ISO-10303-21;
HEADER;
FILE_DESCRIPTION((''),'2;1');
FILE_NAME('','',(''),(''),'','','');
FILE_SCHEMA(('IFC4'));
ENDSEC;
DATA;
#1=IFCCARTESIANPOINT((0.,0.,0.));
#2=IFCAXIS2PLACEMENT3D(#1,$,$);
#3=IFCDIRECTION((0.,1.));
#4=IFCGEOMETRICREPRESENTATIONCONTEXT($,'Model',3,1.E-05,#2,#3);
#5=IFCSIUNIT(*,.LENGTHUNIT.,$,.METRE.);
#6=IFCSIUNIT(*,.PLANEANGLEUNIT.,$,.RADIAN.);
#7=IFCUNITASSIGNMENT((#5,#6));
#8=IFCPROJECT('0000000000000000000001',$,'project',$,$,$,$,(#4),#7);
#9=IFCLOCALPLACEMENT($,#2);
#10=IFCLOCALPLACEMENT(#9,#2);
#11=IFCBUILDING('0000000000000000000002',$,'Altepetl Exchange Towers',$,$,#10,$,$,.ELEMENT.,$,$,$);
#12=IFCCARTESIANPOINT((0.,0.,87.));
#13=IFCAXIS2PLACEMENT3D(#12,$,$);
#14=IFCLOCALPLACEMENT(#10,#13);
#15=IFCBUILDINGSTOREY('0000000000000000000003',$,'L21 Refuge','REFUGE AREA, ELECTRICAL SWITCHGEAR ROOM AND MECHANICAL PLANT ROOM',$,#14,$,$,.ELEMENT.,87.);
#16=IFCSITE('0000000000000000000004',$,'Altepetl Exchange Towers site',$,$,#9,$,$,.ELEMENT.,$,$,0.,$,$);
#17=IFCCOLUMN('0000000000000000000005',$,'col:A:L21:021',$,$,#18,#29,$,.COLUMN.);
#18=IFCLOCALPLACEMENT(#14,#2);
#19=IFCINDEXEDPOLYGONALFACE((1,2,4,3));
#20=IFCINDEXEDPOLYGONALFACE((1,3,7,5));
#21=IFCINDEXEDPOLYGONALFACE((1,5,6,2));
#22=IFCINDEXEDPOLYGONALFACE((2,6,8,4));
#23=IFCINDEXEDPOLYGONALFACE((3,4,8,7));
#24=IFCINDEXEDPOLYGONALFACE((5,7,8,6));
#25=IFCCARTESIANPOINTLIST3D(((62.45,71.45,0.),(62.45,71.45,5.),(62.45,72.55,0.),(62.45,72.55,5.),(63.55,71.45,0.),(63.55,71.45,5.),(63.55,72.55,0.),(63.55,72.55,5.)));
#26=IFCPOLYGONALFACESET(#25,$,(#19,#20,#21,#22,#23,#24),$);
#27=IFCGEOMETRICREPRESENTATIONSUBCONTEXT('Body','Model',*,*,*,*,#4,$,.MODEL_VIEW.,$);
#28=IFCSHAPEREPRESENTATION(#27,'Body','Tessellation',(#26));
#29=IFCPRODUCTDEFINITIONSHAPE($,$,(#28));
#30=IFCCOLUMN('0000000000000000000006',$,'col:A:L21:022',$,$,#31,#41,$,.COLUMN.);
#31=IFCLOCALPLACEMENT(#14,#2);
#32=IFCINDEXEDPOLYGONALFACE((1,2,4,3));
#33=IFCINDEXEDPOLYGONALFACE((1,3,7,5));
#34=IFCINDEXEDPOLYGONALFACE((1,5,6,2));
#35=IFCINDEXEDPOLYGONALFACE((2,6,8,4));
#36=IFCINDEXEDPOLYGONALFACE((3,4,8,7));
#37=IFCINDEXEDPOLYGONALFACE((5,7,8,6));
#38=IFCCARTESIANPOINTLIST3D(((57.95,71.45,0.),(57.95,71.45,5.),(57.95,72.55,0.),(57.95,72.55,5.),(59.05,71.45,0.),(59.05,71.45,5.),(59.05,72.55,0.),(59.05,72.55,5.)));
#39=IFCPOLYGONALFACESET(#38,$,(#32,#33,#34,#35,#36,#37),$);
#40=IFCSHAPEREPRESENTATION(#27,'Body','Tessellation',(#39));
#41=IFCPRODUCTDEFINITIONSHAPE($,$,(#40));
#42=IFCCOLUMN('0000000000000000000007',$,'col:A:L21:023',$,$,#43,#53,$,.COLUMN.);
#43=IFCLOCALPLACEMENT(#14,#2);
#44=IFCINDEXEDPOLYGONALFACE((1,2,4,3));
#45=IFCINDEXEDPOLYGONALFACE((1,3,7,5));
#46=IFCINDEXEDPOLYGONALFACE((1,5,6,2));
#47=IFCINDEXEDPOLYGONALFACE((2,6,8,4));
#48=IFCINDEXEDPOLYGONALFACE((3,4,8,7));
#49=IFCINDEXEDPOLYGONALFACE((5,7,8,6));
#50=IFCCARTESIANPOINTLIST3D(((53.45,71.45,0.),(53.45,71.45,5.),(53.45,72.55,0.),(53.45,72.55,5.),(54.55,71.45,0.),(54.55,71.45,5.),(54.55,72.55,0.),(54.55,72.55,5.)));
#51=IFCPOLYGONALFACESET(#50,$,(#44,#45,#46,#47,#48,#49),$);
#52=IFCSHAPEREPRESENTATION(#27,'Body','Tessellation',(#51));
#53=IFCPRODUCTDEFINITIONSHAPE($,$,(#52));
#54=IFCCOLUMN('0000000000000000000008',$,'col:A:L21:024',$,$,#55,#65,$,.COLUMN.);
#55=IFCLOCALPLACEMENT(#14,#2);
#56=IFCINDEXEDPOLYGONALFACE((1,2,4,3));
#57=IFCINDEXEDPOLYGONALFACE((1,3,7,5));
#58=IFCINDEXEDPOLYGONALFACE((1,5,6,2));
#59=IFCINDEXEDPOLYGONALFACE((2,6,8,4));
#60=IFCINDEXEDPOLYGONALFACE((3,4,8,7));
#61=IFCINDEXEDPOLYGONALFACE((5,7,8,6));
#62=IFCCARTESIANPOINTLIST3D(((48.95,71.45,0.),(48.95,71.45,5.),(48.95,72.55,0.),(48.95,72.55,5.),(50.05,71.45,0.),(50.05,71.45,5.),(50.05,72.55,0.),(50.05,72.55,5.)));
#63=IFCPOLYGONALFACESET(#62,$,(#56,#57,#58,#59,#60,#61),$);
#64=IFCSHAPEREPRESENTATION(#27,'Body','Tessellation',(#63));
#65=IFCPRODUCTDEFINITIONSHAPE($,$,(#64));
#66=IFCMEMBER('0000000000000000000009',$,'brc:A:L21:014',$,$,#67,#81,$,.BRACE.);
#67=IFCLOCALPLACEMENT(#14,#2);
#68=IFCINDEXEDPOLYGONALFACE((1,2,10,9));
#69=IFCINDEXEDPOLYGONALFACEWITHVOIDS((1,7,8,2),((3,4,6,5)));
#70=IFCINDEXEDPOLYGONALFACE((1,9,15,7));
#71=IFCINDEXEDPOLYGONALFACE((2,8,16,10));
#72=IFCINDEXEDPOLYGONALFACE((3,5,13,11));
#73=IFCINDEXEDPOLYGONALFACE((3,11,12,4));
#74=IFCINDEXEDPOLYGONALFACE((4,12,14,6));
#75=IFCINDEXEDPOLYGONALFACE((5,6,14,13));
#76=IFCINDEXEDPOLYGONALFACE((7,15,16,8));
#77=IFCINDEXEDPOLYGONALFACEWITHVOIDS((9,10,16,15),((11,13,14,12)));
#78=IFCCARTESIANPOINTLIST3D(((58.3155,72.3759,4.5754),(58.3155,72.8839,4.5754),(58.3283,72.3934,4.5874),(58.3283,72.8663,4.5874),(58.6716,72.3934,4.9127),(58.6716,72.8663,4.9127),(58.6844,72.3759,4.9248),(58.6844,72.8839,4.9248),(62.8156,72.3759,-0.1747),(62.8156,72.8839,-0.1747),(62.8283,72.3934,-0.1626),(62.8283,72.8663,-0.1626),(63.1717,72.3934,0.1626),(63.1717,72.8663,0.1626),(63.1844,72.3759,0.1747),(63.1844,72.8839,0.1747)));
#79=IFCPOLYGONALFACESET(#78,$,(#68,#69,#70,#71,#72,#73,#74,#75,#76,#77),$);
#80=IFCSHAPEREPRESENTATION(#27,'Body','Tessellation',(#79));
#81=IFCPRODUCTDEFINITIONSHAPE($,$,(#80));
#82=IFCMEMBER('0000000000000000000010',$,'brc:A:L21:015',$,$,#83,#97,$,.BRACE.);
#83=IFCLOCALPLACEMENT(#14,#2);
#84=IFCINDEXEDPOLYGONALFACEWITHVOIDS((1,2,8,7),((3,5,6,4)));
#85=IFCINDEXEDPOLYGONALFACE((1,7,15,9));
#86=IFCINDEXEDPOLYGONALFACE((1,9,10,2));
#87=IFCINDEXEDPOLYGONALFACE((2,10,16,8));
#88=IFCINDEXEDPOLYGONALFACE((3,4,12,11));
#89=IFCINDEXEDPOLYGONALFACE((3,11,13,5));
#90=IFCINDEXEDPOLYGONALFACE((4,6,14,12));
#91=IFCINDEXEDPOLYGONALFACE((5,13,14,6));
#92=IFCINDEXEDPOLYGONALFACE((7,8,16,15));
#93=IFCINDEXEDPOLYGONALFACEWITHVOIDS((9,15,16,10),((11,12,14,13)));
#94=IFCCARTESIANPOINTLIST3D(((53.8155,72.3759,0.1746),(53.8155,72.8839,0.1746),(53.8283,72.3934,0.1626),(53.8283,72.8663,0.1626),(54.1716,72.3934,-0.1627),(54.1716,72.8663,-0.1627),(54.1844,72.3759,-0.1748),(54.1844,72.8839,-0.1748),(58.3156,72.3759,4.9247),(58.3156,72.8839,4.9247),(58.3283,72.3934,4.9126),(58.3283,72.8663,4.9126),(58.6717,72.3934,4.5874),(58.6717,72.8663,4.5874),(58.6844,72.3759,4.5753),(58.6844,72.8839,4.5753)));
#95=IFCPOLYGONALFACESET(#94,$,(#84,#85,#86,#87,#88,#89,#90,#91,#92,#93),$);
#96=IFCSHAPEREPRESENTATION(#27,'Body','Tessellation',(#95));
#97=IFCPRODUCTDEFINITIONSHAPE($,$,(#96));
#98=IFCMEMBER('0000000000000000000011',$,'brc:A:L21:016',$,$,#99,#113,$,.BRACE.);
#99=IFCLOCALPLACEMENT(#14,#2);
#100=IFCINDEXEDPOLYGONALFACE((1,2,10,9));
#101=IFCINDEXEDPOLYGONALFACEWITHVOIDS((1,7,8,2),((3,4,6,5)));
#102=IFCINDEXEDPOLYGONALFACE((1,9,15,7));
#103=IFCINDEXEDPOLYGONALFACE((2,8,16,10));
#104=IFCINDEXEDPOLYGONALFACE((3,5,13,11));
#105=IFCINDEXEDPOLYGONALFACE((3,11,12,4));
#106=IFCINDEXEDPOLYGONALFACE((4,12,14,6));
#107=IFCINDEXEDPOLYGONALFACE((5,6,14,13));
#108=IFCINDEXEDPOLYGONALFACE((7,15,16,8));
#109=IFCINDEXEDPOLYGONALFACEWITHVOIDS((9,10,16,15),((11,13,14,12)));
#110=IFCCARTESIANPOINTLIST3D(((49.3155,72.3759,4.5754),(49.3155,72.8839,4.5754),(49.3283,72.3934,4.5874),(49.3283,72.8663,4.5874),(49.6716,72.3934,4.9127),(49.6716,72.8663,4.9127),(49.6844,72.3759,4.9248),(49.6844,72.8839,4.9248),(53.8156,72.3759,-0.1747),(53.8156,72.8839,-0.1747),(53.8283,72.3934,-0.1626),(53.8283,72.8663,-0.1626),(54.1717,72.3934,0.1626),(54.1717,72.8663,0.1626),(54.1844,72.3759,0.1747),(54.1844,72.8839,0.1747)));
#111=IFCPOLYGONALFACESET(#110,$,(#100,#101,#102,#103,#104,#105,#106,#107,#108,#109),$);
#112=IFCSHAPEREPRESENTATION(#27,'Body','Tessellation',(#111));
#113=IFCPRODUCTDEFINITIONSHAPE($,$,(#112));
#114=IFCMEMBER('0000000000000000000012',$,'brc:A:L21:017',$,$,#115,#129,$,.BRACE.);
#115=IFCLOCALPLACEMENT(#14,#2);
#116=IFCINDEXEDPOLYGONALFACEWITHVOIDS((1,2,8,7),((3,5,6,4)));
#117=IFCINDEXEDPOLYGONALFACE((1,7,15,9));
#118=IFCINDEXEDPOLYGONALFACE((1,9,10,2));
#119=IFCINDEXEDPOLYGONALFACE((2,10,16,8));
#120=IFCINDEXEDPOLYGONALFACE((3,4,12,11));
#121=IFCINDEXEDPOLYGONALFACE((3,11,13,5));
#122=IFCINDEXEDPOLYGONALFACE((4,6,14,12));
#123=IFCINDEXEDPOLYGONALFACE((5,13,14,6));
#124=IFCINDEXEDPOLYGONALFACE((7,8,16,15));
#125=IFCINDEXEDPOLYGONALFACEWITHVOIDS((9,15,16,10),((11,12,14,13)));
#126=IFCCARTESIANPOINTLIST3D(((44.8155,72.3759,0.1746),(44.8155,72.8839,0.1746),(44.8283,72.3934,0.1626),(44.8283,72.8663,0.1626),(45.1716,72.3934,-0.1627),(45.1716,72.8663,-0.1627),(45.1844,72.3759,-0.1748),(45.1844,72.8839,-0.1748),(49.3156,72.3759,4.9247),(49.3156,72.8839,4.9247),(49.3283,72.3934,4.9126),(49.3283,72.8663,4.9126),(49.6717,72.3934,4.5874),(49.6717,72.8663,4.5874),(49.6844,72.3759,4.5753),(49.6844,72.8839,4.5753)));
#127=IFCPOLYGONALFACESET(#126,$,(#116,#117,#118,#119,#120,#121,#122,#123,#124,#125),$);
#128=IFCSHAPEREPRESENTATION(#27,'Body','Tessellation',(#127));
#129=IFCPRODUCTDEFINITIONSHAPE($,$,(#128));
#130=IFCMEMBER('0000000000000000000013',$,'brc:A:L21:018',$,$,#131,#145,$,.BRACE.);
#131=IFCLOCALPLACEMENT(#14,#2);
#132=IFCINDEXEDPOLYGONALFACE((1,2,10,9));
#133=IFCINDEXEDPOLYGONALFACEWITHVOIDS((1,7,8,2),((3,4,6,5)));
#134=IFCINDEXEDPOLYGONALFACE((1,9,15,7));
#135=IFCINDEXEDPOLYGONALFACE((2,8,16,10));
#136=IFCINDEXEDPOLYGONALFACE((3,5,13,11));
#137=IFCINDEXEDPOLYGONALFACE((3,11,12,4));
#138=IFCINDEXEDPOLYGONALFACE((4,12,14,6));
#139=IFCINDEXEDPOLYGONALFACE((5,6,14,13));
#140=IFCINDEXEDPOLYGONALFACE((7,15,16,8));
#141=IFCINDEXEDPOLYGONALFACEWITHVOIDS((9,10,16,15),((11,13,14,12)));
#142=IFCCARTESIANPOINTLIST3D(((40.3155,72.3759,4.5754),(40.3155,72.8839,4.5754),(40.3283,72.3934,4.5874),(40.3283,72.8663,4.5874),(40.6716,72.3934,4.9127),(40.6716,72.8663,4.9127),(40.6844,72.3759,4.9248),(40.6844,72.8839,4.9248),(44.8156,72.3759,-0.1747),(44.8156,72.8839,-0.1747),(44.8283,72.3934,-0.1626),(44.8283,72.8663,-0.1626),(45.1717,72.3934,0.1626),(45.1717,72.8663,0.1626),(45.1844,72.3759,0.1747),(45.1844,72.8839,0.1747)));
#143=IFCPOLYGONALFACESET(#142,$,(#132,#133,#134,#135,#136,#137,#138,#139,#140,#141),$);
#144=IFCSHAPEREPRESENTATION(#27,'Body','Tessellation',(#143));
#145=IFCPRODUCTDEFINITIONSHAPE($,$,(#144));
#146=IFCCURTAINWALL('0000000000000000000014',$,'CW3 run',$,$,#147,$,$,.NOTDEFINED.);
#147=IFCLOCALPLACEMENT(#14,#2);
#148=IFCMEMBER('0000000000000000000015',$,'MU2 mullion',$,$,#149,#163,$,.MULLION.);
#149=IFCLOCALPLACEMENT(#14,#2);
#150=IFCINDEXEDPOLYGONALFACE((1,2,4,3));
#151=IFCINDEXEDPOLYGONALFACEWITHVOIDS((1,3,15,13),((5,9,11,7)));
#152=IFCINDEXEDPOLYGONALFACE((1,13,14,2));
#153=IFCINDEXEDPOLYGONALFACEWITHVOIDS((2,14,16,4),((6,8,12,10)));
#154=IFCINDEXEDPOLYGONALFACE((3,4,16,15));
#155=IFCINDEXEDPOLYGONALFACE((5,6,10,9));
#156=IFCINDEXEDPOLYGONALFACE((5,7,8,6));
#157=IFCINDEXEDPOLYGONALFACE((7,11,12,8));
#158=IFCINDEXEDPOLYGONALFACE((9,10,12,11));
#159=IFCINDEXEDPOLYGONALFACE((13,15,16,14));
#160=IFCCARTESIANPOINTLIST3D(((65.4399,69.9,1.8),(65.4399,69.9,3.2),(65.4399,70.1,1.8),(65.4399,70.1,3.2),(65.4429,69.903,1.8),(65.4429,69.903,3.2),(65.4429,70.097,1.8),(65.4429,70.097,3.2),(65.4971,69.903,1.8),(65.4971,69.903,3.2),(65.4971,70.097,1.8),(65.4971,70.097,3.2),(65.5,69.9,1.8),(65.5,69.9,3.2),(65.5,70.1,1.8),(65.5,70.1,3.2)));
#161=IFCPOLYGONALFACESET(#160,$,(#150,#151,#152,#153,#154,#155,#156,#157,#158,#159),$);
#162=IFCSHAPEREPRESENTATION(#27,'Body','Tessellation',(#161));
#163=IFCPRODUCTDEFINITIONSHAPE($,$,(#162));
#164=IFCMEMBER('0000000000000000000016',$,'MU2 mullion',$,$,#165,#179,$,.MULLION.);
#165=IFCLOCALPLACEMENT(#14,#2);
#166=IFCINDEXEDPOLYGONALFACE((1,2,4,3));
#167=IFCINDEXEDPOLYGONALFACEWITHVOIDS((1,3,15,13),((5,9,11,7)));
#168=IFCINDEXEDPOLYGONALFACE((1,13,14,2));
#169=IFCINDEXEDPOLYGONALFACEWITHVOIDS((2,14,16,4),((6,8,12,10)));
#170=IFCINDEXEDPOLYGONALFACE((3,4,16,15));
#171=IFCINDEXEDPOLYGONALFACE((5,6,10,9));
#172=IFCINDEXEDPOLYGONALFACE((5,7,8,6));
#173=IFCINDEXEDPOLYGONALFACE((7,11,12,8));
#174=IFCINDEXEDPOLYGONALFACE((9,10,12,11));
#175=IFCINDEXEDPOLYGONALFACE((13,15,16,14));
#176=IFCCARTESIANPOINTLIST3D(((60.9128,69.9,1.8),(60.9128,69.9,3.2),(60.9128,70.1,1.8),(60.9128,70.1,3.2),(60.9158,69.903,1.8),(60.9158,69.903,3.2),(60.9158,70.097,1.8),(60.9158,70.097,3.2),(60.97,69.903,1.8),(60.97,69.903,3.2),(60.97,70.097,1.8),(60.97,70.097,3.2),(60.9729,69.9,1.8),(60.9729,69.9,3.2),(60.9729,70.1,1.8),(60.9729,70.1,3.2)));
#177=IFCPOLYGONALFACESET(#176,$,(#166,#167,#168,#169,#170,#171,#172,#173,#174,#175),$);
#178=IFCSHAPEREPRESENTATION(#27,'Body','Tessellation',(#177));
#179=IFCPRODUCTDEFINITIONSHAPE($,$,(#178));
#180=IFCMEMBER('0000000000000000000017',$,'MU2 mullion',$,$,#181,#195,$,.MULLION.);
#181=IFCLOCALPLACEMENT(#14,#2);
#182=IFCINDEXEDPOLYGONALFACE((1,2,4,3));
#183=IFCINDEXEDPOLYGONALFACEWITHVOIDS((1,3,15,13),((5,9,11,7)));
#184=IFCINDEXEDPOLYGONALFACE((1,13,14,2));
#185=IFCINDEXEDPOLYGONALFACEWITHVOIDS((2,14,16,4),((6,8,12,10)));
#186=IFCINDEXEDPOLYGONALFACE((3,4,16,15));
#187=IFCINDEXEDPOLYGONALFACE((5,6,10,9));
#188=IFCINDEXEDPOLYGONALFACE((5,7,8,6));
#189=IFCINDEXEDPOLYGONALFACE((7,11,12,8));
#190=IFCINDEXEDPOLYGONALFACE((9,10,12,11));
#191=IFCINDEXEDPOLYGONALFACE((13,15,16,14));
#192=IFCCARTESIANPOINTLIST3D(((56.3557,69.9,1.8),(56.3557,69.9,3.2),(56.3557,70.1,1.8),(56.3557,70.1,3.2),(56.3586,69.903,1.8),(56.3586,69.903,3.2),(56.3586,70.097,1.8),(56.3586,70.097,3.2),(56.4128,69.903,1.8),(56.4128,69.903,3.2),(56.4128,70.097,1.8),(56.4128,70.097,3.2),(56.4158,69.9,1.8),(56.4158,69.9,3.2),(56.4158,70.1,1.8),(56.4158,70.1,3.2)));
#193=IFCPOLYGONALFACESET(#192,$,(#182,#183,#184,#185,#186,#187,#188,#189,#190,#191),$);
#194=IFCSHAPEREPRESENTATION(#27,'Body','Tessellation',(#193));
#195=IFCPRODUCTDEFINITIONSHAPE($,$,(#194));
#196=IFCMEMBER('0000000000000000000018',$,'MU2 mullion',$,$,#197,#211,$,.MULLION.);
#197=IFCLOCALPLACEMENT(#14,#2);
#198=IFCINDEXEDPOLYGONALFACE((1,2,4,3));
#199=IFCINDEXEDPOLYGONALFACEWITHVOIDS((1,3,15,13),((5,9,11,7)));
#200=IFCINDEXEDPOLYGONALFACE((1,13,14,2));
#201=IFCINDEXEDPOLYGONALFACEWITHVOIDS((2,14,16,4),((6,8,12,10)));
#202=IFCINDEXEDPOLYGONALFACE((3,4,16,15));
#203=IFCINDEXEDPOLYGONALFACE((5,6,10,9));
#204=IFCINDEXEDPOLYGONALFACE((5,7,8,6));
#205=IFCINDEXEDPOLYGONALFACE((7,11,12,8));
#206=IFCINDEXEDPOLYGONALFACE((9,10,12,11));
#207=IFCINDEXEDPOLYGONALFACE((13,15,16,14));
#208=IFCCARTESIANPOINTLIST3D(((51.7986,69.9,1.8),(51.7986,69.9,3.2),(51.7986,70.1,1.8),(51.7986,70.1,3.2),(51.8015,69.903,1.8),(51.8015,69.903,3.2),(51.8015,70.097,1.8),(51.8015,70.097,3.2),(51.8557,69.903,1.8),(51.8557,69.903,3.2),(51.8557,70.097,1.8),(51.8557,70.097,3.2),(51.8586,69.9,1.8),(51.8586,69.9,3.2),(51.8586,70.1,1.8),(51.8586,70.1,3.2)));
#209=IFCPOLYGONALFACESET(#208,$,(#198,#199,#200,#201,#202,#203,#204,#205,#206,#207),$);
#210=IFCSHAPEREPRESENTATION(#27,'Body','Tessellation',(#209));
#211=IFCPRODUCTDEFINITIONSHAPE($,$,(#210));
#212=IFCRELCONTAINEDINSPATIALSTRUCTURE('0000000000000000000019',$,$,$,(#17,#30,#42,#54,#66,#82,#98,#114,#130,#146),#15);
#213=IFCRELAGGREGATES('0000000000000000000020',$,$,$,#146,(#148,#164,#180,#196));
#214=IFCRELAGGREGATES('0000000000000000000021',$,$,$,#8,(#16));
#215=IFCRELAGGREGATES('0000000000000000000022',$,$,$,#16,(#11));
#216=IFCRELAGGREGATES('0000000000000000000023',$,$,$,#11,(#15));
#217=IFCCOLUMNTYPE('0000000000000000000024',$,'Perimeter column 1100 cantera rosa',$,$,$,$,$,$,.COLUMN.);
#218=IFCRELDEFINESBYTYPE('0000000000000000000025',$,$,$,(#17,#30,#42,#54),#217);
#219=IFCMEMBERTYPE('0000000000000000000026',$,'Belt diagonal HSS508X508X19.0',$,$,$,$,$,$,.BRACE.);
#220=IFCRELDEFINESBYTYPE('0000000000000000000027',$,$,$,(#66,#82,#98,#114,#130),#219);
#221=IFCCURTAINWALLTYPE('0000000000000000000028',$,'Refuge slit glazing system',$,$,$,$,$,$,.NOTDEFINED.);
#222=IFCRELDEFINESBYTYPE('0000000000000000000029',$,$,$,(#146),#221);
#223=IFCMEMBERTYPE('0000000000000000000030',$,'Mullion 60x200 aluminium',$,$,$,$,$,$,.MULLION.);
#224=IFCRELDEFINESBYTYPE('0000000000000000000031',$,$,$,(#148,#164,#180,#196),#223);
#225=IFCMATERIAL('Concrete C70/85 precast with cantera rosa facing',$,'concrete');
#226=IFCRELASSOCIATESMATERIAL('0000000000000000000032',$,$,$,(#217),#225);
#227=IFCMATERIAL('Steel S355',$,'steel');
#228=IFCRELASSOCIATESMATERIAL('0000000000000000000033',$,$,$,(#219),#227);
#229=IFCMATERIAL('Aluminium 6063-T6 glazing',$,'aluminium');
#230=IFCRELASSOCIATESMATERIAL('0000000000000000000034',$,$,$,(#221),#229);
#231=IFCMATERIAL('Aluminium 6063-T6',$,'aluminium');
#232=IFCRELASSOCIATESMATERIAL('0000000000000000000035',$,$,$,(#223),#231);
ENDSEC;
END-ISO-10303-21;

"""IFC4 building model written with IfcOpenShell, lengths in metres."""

from ifc_helpers import new_model, si_unit, direction, frame, origin, origin_2d, place, context, subcontext, project, spatial, rectangle, hollow_rectangle, extrude, material, material_profile, profile_set, type_object, element, aggregate, save


model = new_model("IFC4")

# Units and contexts
model_context = context("Model", 3, precision=1e-05, world=origin(), true_north=direction((0.0, 1.0)))
body_context = subcontext(model_context, "Body", "Model", "MODEL_VIEW")
ifc_project = project(units=[si_unit("LENGTHUNIT", "METRE"), si_unit("PLANEANGLEUNIT", "RADIAN")], contexts=[model_context])

# Site, building, storey
site_placement = place(None, origin())
site = spatial("IfcSite", under=ifc_project, at=site_placement, Name="Altepetl Exchange Towers site", CompositionType="ELEMENT", RefElevation=0.0)
building_placement = place(site_placement, origin())
building = spatial("IfcBuilding", under=site, at=building_placement, Name="Altepetl Exchange Towers", CompositionType="ELEMENT")
storey_placement = place(building_placement, frame((0.0, 0.0, 87.0)))
storey = spatial("IfcBuildingStorey", under=building, at=storey_placement, Name="L21 Refuge", Description="REFUGE AREA, ELECTRICAL SWITCHGEAR ROOM AND MECHANICAL PLANT ROOM", CompositionType="ELEMENT", Elevation=87.0)

# Columns
ifc_material_1 = material(Name="Concrete C70/85 precast with cantera rosa facing", Category="concrete")
ifc_material_profile_1 = material_profile(ifc_material_1, rectangle(XDim=1.1001, YDim=1.1001, at=origin_2d()), Name="1100 x 1100")
ifc_profile_set_1 = profile_set([ifc_material_profile_1], Name="Concrete C70/85 precast with cantera rosa facing")
column_type = type_object("IfcColumnType", Name="Perimeter column 1100 cantera rosa", PredefinedType="COLUMN", material=ifc_profile_set_1)
for number, where, name in (
    (1, (63.0, 72.0, 0.0), "col:A:L21:021"),
    (2, (58.5, 72.0, 0.0), "col:A:L21:022"),
    (3, (54.0, 72.0, 0.0), "col:A:L21:023"),
    (4, (49.5, 72.0, 0.0), "col:A:L21:024"),
):
    element("IfcColumn", number, at=place(storey_placement, frame(where)), inside=storey, type_object=column_type, Name=name, PredefinedType="COLUMN", context=body_context, shape_type="SweptSolid", body=[
        extrude(rectangle(XDim=1.1001, YDim=1.1001, at=origin_2d()), origin(), (0.0, 0.0, 1.0), 5.0),
    ])

# Members
ifc_material_2 = material(Name="Steel S355", Category="steel")
ifc_material_profile_2 = material_profile(ifc_material_2, hollow_rectangle(XDim=0.5081, YDim=0.5081, WallThickness=0.0176, at=origin_2d()), Name="HSS508X508X19.0")
ifc_profile_set_2 = profile_set([ifc_material_profile_2], Name="Steel S355")
member_type_1 = type_object("IfcMemberType", Name="Belt diagonal HSS508X508X19.0", PredefinedType="BRACE", material=ifc_profile_set_2)
for number, where, z_axis, x_axis, name in (
    (5, (63.0, 72.6299, 0.0), (-0.687745, 0.0, 0.725953), (0.0, -1.0, 0.0), "brc:A:L21:014"),
    (6, (58.5, 72.6299, 4.75), (-0.687745, 0.0, -0.725953), (0.0, -1.0, 0.0), "brc:A:L21:015"),
    (7, (54.0, 72.6299, 0.0), (-0.687745, 0.0, 0.725953), (0.0, -1.0, 0.0), "brc:A:L21:016"),
    (8, (49.5, 72.6299, 4.75), (-0.687745, 0.0, -0.725953), (0.0, -1.0, 0.0), "brc:A:L21:017"),
    (9, (45.0, 72.6299, 0.0), (-0.687745, 0.0, 0.725953), (0.0, -1.0, 0.0), "brc:A:L21:018"),
):
    element("IfcMember", number, at=place(storey_placement, frame(where, z_axis=z_axis, x_axis=x_axis)), inside=storey, type_object=member_type_1, Name=name, PredefinedType="BRACE", context=body_context, shape_type="SweptSolid", body=[
        extrude(hollow_rectangle(XDim=0.5081, YDim=0.5081, WallThickness=0.0176, at=origin_2d()), origin(), (0.0, 0.0, 1.0), 6.5432),
    ])

# Curtain wall, members
ifc_material_3 = material(Name="Aluminium 6063-T6 glazing", Category="aluminium")
curtain_wall_type = type_object("IfcCurtainWallType", Name="Refuge slit glazing system", PredefinedType="NOTDEFINED", material=ifc_material_3)
curtain_wall_1_placement = place(storey_placement, origin())
curtain_wall_1 = element("IfcCurtainWall", 10, at=curtain_wall_1_placement, inside=storey, type_object=curtain_wall_type, Name="CW3 run", PredefinedType="NOTDEFINED")
ifc_material_4 = material(Name="Aluminium 6063-T6", Category="aluminium")
ifc_material_profile_3 = material_profile(ifc_material_4, hollow_rectangle(XDim=0.0601, YDim=0.2, WallThickness=0.0029, at=origin_2d()), Name="Mullion 60x200 aluminium")
ifc_profile_set_3 = profile_set([ifc_material_profile_3], Name="Aluminium 6063-T6")
member_type_2 = type_object("IfcMemberType", Name="Mullion 60x200 aluminium", PredefinedType="MULLION", material=ifc_profile_set_3)
member_1_placement = place(storey_placement, frame((65.47, 70.0, 1.8), z_axis=(0.0, 0.0, 1.0), x_axis=(-1.0, 0.0, 0.0)))
member_1 = element("IfcMember", 11, at=member_1_placement, type_object=member_type_2, Name="MU2 mullion", PredefinedType="MULLION", context=body_context, shape_type="SweptSolid", body=[
    extrude(hollow_rectangle(XDim=0.0601, YDim=0.2, WallThickness=0.0029, at=origin_2d()), origin(), (0.0, 0.0, 1.0), 1.3999),
])
member_2_placement = place(storey_placement, frame((60.9429, 70.0, 1.8), z_axis=(0.0, 0.0, 1.0), x_axis=(-1.0, 0.0, 0.0)))
member_2 = element("IfcMember", 12, at=member_2_placement, type_object=member_type_2, Name="MU2 mullion", PredefinedType="MULLION", context=body_context, shape_type="SweptSolid", body=[
    extrude(hollow_rectangle(XDim=0.0601, YDim=0.2, WallThickness=0.0029, at=origin_2d()), origin(), (0.0, 0.0, 1.0), 1.3999),
])
member_3_placement = place(storey_placement, frame((56.3857, 70.0, 1.8), z_axis=(0.0, 0.0, 1.0), x_axis=(-1.0, 0.0, 0.0)))
member_3 = element("IfcMember", 13, at=member_3_placement, type_object=member_type_2, Name="MU2 mullion", PredefinedType="MULLION", context=body_context, shape_type="SweptSolid", body=[
    extrude(hollow_rectangle(XDim=0.0601, YDim=0.2, WallThickness=0.0029, at=origin_2d()), origin(), (0.0, 0.0, 1.0), 1.3999),
])
member_4_placement = place(storey_placement, frame((51.8286, 70.0, 1.8), z_axis=(0.0, 0.0, 1.0), x_axis=(-1.0, 0.0, 0.0)))
member_4 = element("IfcMember", 14, at=member_4_placement, type_object=member_type_2, Name="MU2 mullion", PredefinedType="MULLION", context=body_context, shape_type="SweptSolid", body=[
    extrude(hollow_rectangle(XDim=0.0601, YDim=0.2, WallThickness=0.0029, at=origin_2d()), origin(), (0.0, 0.0, 1.0), 1.3999),
])

aggregate(curtain_wall_1, [member_1, member_2, member_3, member_4])

save(model, "model.ifc")
